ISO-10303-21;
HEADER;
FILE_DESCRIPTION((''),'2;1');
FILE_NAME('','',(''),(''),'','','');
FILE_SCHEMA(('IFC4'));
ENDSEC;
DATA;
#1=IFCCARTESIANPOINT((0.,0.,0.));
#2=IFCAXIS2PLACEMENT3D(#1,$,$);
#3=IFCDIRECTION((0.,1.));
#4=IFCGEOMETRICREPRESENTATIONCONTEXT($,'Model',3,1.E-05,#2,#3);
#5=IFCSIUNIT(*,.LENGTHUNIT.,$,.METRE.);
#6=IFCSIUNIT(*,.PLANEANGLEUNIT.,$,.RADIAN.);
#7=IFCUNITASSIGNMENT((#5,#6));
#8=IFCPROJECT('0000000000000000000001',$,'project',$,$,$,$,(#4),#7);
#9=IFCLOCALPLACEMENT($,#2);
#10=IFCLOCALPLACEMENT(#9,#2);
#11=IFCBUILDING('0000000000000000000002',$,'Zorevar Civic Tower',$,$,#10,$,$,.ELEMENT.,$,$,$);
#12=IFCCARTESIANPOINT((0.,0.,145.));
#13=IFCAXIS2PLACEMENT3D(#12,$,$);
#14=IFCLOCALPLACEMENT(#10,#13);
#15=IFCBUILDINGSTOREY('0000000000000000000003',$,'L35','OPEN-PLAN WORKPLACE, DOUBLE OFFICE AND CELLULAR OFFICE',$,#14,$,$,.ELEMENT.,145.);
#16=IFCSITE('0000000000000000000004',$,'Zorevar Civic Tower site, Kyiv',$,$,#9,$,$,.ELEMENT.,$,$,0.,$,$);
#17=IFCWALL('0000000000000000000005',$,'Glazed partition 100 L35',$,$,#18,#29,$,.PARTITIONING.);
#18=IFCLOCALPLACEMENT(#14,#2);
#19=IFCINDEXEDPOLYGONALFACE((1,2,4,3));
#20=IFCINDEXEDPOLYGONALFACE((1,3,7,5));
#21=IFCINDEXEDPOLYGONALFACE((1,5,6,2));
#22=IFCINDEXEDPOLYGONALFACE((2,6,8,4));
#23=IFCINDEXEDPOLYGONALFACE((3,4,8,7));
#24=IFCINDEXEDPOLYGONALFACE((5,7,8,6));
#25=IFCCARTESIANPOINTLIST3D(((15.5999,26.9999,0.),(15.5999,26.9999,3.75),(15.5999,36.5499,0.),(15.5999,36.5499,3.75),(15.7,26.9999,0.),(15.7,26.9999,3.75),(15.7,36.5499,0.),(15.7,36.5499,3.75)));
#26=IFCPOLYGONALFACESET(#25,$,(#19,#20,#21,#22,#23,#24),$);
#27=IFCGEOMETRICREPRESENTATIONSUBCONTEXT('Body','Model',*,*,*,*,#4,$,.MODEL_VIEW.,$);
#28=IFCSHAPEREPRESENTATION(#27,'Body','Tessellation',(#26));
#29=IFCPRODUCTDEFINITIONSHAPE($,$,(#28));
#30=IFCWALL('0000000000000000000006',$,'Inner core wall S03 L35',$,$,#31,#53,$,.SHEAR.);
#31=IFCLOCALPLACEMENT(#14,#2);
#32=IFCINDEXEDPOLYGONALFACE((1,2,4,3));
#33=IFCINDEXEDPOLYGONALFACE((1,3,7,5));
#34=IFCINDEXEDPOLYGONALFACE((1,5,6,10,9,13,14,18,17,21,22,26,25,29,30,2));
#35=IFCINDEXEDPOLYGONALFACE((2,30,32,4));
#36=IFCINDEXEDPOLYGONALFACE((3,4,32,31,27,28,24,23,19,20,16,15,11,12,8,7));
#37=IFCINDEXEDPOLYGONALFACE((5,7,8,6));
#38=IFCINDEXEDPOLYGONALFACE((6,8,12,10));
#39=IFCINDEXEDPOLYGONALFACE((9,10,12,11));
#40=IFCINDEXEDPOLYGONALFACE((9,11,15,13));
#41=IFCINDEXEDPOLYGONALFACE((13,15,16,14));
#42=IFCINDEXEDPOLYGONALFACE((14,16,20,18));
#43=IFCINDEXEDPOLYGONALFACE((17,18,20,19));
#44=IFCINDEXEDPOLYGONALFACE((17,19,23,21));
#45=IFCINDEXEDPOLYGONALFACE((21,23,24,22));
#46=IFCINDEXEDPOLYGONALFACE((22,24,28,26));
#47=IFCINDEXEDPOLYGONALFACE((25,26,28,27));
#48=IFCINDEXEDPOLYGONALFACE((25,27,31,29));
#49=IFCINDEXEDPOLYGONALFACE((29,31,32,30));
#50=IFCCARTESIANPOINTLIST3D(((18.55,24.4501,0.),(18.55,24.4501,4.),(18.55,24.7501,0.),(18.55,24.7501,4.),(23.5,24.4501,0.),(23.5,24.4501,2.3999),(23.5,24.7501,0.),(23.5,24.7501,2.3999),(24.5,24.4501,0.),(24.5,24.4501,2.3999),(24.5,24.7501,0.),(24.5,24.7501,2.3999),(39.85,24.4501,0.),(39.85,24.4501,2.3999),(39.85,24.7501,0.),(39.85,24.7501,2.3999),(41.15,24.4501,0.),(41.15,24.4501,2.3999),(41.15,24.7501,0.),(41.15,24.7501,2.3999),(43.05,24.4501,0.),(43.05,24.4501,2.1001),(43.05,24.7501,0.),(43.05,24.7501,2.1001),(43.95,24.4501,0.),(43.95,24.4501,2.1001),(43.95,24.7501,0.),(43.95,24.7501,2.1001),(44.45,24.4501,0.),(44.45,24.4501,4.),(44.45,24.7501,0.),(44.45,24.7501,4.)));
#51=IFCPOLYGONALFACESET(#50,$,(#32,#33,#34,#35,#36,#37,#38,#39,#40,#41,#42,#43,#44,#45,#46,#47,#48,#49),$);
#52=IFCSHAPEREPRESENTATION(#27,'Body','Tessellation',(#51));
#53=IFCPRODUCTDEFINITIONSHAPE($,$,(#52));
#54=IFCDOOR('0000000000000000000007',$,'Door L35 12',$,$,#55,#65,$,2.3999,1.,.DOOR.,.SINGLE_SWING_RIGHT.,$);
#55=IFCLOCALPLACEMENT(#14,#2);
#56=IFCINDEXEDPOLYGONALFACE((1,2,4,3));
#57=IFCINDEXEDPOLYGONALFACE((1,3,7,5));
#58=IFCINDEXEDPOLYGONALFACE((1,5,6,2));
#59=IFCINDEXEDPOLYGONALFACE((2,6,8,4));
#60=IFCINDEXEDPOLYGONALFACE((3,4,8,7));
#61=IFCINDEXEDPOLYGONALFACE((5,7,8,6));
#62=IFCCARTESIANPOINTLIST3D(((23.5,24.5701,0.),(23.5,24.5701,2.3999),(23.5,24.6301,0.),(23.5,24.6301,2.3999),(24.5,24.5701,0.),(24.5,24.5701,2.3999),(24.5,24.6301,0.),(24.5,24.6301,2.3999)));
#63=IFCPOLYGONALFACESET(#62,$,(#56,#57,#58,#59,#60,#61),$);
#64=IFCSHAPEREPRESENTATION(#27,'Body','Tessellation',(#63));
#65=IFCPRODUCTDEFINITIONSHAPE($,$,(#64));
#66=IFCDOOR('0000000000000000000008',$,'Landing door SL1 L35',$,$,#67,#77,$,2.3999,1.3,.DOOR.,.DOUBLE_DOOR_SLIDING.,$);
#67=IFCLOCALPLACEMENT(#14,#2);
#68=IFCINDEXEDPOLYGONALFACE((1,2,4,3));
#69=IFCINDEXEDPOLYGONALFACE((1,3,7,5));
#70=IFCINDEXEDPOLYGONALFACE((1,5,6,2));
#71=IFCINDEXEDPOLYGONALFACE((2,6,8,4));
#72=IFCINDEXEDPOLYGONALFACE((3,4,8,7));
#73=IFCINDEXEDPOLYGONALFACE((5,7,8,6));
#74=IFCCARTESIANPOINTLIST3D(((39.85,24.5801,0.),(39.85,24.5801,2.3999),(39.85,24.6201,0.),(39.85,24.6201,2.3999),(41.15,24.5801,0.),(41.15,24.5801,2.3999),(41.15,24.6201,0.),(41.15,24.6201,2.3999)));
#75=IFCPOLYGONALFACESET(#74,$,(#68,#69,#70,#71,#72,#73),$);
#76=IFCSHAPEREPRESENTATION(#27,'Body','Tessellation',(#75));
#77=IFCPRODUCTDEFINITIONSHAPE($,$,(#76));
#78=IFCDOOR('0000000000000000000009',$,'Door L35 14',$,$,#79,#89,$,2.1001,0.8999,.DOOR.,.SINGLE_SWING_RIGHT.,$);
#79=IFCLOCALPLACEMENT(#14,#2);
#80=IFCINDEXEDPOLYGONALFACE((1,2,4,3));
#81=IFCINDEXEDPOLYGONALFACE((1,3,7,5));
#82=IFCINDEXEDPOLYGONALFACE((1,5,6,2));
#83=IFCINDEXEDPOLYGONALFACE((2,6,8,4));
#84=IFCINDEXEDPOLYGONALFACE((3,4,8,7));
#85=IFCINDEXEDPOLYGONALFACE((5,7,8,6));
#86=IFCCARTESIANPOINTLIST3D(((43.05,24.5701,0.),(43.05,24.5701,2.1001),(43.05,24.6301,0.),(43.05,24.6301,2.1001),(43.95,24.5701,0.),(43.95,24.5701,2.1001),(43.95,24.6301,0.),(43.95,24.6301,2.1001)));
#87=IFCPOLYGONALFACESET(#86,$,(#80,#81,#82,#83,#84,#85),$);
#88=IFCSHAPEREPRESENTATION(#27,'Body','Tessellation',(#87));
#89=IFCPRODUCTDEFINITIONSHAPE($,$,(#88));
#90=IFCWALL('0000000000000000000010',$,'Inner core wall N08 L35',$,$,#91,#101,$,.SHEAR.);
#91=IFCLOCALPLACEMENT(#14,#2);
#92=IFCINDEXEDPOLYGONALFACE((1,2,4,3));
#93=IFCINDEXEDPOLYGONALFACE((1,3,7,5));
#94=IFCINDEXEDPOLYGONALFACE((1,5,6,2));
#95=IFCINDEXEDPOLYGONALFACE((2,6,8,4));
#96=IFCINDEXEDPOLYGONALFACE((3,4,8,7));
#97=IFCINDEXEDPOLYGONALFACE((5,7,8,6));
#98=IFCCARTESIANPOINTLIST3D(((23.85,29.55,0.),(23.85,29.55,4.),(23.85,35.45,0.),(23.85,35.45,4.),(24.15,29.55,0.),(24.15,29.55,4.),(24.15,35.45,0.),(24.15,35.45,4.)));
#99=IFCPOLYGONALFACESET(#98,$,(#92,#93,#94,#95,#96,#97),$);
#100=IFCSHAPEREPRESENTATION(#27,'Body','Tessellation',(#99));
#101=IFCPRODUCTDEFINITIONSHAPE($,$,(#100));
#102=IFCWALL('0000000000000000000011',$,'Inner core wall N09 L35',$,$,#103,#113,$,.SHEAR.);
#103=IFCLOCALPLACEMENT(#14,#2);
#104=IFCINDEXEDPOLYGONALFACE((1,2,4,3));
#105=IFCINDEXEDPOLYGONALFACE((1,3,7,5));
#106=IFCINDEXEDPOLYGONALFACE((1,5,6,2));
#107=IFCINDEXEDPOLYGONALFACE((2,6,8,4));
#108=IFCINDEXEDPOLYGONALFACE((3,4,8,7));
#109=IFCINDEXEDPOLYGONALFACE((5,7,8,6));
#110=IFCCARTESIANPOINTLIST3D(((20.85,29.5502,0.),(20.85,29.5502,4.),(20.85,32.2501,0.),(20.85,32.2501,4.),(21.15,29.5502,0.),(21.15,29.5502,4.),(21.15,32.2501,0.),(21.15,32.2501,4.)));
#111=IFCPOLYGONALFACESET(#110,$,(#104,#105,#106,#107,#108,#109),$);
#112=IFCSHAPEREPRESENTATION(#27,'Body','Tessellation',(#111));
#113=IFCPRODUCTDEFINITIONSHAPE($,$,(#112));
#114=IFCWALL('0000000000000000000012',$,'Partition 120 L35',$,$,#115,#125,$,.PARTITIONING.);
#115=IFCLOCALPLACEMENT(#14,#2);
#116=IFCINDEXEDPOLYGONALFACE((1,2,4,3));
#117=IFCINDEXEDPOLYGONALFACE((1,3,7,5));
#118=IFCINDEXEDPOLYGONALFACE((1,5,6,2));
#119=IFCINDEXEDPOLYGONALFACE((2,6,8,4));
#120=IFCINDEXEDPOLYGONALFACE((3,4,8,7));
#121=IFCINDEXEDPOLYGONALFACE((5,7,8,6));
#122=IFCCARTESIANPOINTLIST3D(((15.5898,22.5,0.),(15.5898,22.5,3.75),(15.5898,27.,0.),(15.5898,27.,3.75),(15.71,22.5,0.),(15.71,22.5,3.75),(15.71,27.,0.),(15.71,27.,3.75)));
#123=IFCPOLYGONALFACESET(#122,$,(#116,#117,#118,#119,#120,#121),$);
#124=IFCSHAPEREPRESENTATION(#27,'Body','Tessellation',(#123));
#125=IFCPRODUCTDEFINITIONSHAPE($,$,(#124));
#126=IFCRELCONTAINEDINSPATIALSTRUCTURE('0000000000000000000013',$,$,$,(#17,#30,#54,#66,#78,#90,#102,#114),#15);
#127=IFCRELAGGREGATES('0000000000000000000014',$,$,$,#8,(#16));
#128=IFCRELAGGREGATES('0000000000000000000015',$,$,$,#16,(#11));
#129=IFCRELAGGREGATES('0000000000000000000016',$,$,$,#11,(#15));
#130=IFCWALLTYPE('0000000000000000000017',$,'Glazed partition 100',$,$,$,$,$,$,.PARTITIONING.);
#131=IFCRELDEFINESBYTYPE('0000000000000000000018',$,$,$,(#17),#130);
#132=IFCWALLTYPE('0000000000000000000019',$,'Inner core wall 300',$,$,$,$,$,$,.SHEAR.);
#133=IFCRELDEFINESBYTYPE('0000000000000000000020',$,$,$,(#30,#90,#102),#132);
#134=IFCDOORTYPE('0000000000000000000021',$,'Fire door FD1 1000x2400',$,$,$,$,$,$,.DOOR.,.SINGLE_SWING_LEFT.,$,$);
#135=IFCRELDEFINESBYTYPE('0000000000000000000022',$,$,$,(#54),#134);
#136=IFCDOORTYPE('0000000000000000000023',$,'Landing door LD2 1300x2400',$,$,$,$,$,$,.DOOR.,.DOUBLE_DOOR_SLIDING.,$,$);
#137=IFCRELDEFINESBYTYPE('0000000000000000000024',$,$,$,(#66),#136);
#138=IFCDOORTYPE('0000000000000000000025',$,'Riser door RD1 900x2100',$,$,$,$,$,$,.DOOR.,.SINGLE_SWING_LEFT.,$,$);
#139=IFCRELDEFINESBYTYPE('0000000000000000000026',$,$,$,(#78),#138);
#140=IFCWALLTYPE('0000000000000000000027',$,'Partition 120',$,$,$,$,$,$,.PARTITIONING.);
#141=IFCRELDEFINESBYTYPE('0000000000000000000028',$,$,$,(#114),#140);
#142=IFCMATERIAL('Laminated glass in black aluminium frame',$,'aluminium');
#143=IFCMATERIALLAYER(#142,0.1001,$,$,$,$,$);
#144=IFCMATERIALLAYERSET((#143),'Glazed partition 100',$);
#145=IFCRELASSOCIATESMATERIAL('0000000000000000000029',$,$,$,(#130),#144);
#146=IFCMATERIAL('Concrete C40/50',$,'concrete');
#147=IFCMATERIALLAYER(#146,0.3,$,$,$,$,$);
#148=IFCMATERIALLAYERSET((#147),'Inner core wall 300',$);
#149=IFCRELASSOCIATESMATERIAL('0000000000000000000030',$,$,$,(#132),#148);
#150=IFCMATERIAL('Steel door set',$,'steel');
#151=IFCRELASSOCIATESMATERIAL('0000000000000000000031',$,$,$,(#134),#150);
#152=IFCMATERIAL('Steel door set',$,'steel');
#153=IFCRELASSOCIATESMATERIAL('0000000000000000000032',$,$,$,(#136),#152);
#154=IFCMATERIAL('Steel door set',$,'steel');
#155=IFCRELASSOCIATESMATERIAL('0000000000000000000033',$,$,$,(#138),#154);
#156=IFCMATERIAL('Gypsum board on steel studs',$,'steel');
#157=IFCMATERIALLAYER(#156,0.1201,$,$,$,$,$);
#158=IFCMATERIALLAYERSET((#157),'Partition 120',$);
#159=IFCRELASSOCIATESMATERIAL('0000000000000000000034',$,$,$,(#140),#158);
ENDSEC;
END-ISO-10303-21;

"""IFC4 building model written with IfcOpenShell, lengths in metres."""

from ifc_helpers import new_model, si_unit, direction, frame, frame_2d, origin, place, context, subcontext, project, spatial, rectangle, extrude, material, layer, layer_set, type_object, element, fill, save


model = new_model("IFC4")

# Units and contexts
model_context = context("Model", 3, precision=1e-05, world=origin(), true_north=direction((0.0, 1.0)))
body_context = subcontext(model_context, "Body", "Model", "MODEL_VIEW")
ifc_project = project(units=[si_unit("LENGTHUNIT", "METRE"), si_unit("PLANEANGLEUNIT", "RADIAN")], contexts=[model_context])

# Site, building, storey
site_placement = place(None, origin())
site = spatial("IfcSite", under=ifc_project, at=site_placement, Name="Zorevar Civic Tower site, Kyiv", CompositionType="ELEMENT", RefElevation=0.0)
building_placement = place(site_placement, origin())
building = spatial("IfcBuilding", under=site, at=building_placement, Name="Zorevar Civic Tower", CompositionType="ELEMENT")
storey_placement = place(building_placement, frame((0.0, 0.0, 145.0)))
storey = spatial("IfcBuildingStorey", under=building, at=storey_placement, Name="L35", Description="OPEN-PLAN WORKPLACE, DOUBLE OFFICE AND CELLULAR OFFICE", CompositionType="ELEMENT", Elevation=145.0)

# Wall
ifc_material_1 = material(Name="Laminated glass in black aluminium frame", Category="aluminium")
ifc_layer_1 = layer(ifc_material_1, 0.1001)
ifc_layer_set_1 = layer_set([ifc_layer_1], Name="Glazed partition 100")
wall_type_1 = type_object("IfcWallType", Name="Glazed partition 100", PredefinedType="PARTITIONING", material=ifc_layer_set_1)
wall_1_placement = place(storey_placement, frame((15.6499, 27.0, 0.0), z_axis=(0.0, 0.0, 1.0), x_axis=(0.0, 1.0, 0.0)))
element("IfcWall", 1, at=wall_1_placement, inside=storey, type_object=wall_type_1, Name="Glazed partition 100 L35", PredefinedType="PARTITIONING", context=body_context, shape_type="SweptSolid", body=[
    extrude(rectangle(XDim=9.55, YDim=0.1001, at=frame_2d((4.7749, 0.0))), origin(), (0.0, 0.0, 1.0), 3.75),
])

# Shared definitions
ifc_material_2 = material(Name="Concrete C40/50", Category="concrete")
ifc_layer_2 = layer(ifc_material_2, 0.3)
ifc_layer_set_2 = layer_set([ifc_layer_2], Name="Inner core wall 300")
wall_type_2 = type_object("IfcWallType", Name="Inner core wall 300", PredefinedType="SHEAR", material=ifc_layer_set_2)

# Wall, openings, doors
wall_2_placement = place(storey_placement, frame((18.55, 24.6001, 0.0), z_axis=(0.0, 0.0, 1.0), x_axis=(1.0, 0.0, 0.0)))
wall_2 = element("IfcWall", 2, at=wall_2_placement, inside=storey, type_object=wall_type_2, Name="Inner core wall S03 L35", PredefinedType="SHEAR", context=body_context, shape_type="SweptSolid", body=[
    extrude(rectangle(XDim=25.8999, YDim=0.3, at=frame_2d((12.95, 0.0))), origin(), (0.0, 0.0, 1.0), 4.0),
])
opening_1_placement = place(wall_2_placement, frame((4.95, 0.0, 0.0)))
opening_1 = element("IfcOpeningElement", 3, at=opening_1_placement, cuts=wall_2, PredefinedType="OPENING", context=body_context, shape_type="SweptSolid", body=[
    extrude(rectangle(XDim=1.0, YDim=2.3999, at=frame_2d((0.5, 1.2))), frame((0.0, 0.1599, 0.0), z_axis=(0.0, -1.0, 0.0), x_axis=(1.0, 0.0, 0.0)), (0.0, 0.0, 1.0), 0.3201),
])
opening_2_placement = place(wall_2_placement, frame((24.5, 0.0, 0.0)))
opening_2 = element("IfcOpeningElement", 4, at=opening_2_placement, cuts=wall_2, PredefinedType="OPENING", context=body_context, shape_type="SweptSolid", body=[
    extrude(rectangle(XDim=0.8999, YDim=2.1001, at=frame_2d((0.45, 1.05))), frame((0.0, 0.1599, 0.0), z_axis=(0.0, -1.0, 0.0), x_axis=(1.0, 0.0, 0.0)), (0.0, 0.0, 1.0), 0.3201),
])
opening_3_placement = place(wall_2_placement, frame((21.3, 0.0, 0.0)))
opening_3 = element("IfcOpeningElement", 5, at=opening_3_placement, cuts=wall_2, PredefinedType="OPENING", context=body_context, shape_type="SweptSolid", body=[
    extrude(rectangle(XDim=1.3, YDim=2.3999, at=frame_2d((0.6499, 1.2))), frame((0.0, 0.1599, 0.0), z_axis=(0.0, -1.0, 0.0), x_axis=(1.0, 0.0, 0.0)), (0.0, 0.0, 1.0), 0.3201),
])
ifc_material_3 = material(Name="Steel door set", Category="steel")
door_type_1 = type_object("IfcDoorType", Name="Fire door FD1 1000x2400", OperationType="SINGLE_SWING_LEFT", PredefinedType="DOOR", material=ifc_material_3)
door_1_placement = place(opening_1_placement, origin())
door_1 = element("IfcDoor", 6, at=door_1_placement, inside=storey, type_object=door_type_1, Name="Door L35 12", OperationType="SINGLE_SWING_RIGHT", OverallHeight=2.3999, OverallWidth=1.0, PredefinedType="DOOR", context=body_context, shape_type="SweptSolid", body=[
    extrude(rectangle(XDim=1.0, YDim=2.3999, at=frame_2d((0.5, 1.2))), frame((0.0, 0.03, 0.0), z_axis=(0.0, -1.0, 0.0), x_axis=(1.0, 0.0, 0.0)), (0.0, 0.0, 1.0), 0.0601),
])
fill(opening_1, door_1)
ifc_material_4 = material(Name="Steel door set", Category="steel")
door_type_2 = type_object("IfcDoorType", Name="Landing door LD2 1300x2400", OperationType="DOUBLE_DOOR_SLIDING", PredefinedType="DOOR", material=ifc_material_4)
door_2_placement = place(opening_3_placement, origin())
door_2 = element("IfcDoor", 7, at=door_2_placement, inside=storey, type_object=door_type_2, Name="Landing door SL1 L35", OperationType="DOUBLE_DOOR_SLIDING", OverallHeight=2.3999, OverallWidth=1.3, PredefinedType="DOOR", context=body_context, shape_type="SweptSolid", body=[
    extrude(rectangle(XDim=1.3, YDim=2.3999, at=frame_2d((0.6499, 1.2))), frame((0.0, 0.02, 0.0), z_axis=(0.0, -1.0, 0.0), x_axis=(1.0, 0.0, 0.0)), (0.0, 0.0, 1.0), 0.04),
])
fill(opening_3, door_2)
ifc_material_5 = material(Name="Steel door set", Category="steel")
door_type_3 = type_object("IfcDoorType", Name="Riser door RD1 900x2100", OperationType="SINGLE_SWING_LEFT", PredefinedType="DOOR", material=ifc_material_5)
door_3_placement = place(opening_2_placement, origin())
door_3 = element("IfcDoor", 8, at=door_3_placement, inside=storey, type_object=door_type_3, Name="Door L35 14", OperationType="SINGLE_SWING_RIGHT", OverallHeight=2.1001, OverallWidth=0.8999, PredefinedType="DOOR", context=body_context, shape_type="SweptSolid", body=[
    extrude(rectangle(XDim=0.8999, YDim=2.1001, at=frame_2d((0.45, 1.05))), frame((0.0, 0.03, 0.0), z_axis=(0.0, -1.0, 0.0), x_axis=(1.0, 0.0, 0.0)), (0.0, 0.0, 1.0), 0.0601),
])
fill(opening_2, door_3)

# Walls
wall_3_placement = place(storey_placement, frame((24.0, 29.55, 0.0), z_axis=(0.0, 0.0, 1.0), x_axis=(0.0, 1.0, 0.0)))
element("IfcWall", 9, at=wall_3_placement, inside=storey, type_object=wall_type_2, Name="Inner core wall N08 L35", PredefinedType="SHEAR", context=body_context, shape_type="SweptSolid", body=[
    extrude(rectangle(XDim=5.8999, YDim=0.3, at=frame_2d((2.95, 0.0))), origin(), (0.0, 0.0, 1.0), 4.0),
])
wall_4_placement = place(storey_placement, frame((21.0, 29.55, 0.0), z_axis=(0.0, 0.0, 1.0), x_axis=(0.0, 1.0, 0.0)))
element("IfcWall", 10, at=wall_4_placement, inside=storey, type_object=wall_type_2, Name="Inner core wall N09 L35", PredefinedType="SHEAR", context=body_context, shape_type="SweptSolid", body=[
    extrude(rectangle(XDim=2.7, YDim=0.3, at=frame_2d((1.3501, 0.0))), origin(), (0.0, 0.0, 1.0), 4.0),
])
ifc_material_6 = material(Name="Gypsum board on steel studs", Category="steel")
ifc_layer_3 = layer(ifc_material_6, 0.1201)
ifc_layer_set_3 = layer_set([ifc_layer_3], Name="Partition 120")
wall_type_3 = type_object("IfcWallType", Name="Partition 120", PredefinedType="PARTITIONING", material=ifc_layer_set_3)
wall_5_placement = place(storey_placement, frame((15.6499, 22.5, 0.0), z_axis=(0.0, 0.0, 1.0), x_axis=(0.0, 1.0, 0.0)))
element("IfcWall", 11, at=wall_5_placement, inside=storey, type_object=wall_type_3, Name="Partition 120 L35", PredefinedType="PARTITIONING", context=body_context, shape_type="SweptSolid", body=[
    extrude(rectangle(XDim=4.5, YDim=0.1201, at=frame_2d((2.25, 0.0))), origin(), (0.0, 0.0, 1.0), 3.75),
])

save(model, "model.ifc")
